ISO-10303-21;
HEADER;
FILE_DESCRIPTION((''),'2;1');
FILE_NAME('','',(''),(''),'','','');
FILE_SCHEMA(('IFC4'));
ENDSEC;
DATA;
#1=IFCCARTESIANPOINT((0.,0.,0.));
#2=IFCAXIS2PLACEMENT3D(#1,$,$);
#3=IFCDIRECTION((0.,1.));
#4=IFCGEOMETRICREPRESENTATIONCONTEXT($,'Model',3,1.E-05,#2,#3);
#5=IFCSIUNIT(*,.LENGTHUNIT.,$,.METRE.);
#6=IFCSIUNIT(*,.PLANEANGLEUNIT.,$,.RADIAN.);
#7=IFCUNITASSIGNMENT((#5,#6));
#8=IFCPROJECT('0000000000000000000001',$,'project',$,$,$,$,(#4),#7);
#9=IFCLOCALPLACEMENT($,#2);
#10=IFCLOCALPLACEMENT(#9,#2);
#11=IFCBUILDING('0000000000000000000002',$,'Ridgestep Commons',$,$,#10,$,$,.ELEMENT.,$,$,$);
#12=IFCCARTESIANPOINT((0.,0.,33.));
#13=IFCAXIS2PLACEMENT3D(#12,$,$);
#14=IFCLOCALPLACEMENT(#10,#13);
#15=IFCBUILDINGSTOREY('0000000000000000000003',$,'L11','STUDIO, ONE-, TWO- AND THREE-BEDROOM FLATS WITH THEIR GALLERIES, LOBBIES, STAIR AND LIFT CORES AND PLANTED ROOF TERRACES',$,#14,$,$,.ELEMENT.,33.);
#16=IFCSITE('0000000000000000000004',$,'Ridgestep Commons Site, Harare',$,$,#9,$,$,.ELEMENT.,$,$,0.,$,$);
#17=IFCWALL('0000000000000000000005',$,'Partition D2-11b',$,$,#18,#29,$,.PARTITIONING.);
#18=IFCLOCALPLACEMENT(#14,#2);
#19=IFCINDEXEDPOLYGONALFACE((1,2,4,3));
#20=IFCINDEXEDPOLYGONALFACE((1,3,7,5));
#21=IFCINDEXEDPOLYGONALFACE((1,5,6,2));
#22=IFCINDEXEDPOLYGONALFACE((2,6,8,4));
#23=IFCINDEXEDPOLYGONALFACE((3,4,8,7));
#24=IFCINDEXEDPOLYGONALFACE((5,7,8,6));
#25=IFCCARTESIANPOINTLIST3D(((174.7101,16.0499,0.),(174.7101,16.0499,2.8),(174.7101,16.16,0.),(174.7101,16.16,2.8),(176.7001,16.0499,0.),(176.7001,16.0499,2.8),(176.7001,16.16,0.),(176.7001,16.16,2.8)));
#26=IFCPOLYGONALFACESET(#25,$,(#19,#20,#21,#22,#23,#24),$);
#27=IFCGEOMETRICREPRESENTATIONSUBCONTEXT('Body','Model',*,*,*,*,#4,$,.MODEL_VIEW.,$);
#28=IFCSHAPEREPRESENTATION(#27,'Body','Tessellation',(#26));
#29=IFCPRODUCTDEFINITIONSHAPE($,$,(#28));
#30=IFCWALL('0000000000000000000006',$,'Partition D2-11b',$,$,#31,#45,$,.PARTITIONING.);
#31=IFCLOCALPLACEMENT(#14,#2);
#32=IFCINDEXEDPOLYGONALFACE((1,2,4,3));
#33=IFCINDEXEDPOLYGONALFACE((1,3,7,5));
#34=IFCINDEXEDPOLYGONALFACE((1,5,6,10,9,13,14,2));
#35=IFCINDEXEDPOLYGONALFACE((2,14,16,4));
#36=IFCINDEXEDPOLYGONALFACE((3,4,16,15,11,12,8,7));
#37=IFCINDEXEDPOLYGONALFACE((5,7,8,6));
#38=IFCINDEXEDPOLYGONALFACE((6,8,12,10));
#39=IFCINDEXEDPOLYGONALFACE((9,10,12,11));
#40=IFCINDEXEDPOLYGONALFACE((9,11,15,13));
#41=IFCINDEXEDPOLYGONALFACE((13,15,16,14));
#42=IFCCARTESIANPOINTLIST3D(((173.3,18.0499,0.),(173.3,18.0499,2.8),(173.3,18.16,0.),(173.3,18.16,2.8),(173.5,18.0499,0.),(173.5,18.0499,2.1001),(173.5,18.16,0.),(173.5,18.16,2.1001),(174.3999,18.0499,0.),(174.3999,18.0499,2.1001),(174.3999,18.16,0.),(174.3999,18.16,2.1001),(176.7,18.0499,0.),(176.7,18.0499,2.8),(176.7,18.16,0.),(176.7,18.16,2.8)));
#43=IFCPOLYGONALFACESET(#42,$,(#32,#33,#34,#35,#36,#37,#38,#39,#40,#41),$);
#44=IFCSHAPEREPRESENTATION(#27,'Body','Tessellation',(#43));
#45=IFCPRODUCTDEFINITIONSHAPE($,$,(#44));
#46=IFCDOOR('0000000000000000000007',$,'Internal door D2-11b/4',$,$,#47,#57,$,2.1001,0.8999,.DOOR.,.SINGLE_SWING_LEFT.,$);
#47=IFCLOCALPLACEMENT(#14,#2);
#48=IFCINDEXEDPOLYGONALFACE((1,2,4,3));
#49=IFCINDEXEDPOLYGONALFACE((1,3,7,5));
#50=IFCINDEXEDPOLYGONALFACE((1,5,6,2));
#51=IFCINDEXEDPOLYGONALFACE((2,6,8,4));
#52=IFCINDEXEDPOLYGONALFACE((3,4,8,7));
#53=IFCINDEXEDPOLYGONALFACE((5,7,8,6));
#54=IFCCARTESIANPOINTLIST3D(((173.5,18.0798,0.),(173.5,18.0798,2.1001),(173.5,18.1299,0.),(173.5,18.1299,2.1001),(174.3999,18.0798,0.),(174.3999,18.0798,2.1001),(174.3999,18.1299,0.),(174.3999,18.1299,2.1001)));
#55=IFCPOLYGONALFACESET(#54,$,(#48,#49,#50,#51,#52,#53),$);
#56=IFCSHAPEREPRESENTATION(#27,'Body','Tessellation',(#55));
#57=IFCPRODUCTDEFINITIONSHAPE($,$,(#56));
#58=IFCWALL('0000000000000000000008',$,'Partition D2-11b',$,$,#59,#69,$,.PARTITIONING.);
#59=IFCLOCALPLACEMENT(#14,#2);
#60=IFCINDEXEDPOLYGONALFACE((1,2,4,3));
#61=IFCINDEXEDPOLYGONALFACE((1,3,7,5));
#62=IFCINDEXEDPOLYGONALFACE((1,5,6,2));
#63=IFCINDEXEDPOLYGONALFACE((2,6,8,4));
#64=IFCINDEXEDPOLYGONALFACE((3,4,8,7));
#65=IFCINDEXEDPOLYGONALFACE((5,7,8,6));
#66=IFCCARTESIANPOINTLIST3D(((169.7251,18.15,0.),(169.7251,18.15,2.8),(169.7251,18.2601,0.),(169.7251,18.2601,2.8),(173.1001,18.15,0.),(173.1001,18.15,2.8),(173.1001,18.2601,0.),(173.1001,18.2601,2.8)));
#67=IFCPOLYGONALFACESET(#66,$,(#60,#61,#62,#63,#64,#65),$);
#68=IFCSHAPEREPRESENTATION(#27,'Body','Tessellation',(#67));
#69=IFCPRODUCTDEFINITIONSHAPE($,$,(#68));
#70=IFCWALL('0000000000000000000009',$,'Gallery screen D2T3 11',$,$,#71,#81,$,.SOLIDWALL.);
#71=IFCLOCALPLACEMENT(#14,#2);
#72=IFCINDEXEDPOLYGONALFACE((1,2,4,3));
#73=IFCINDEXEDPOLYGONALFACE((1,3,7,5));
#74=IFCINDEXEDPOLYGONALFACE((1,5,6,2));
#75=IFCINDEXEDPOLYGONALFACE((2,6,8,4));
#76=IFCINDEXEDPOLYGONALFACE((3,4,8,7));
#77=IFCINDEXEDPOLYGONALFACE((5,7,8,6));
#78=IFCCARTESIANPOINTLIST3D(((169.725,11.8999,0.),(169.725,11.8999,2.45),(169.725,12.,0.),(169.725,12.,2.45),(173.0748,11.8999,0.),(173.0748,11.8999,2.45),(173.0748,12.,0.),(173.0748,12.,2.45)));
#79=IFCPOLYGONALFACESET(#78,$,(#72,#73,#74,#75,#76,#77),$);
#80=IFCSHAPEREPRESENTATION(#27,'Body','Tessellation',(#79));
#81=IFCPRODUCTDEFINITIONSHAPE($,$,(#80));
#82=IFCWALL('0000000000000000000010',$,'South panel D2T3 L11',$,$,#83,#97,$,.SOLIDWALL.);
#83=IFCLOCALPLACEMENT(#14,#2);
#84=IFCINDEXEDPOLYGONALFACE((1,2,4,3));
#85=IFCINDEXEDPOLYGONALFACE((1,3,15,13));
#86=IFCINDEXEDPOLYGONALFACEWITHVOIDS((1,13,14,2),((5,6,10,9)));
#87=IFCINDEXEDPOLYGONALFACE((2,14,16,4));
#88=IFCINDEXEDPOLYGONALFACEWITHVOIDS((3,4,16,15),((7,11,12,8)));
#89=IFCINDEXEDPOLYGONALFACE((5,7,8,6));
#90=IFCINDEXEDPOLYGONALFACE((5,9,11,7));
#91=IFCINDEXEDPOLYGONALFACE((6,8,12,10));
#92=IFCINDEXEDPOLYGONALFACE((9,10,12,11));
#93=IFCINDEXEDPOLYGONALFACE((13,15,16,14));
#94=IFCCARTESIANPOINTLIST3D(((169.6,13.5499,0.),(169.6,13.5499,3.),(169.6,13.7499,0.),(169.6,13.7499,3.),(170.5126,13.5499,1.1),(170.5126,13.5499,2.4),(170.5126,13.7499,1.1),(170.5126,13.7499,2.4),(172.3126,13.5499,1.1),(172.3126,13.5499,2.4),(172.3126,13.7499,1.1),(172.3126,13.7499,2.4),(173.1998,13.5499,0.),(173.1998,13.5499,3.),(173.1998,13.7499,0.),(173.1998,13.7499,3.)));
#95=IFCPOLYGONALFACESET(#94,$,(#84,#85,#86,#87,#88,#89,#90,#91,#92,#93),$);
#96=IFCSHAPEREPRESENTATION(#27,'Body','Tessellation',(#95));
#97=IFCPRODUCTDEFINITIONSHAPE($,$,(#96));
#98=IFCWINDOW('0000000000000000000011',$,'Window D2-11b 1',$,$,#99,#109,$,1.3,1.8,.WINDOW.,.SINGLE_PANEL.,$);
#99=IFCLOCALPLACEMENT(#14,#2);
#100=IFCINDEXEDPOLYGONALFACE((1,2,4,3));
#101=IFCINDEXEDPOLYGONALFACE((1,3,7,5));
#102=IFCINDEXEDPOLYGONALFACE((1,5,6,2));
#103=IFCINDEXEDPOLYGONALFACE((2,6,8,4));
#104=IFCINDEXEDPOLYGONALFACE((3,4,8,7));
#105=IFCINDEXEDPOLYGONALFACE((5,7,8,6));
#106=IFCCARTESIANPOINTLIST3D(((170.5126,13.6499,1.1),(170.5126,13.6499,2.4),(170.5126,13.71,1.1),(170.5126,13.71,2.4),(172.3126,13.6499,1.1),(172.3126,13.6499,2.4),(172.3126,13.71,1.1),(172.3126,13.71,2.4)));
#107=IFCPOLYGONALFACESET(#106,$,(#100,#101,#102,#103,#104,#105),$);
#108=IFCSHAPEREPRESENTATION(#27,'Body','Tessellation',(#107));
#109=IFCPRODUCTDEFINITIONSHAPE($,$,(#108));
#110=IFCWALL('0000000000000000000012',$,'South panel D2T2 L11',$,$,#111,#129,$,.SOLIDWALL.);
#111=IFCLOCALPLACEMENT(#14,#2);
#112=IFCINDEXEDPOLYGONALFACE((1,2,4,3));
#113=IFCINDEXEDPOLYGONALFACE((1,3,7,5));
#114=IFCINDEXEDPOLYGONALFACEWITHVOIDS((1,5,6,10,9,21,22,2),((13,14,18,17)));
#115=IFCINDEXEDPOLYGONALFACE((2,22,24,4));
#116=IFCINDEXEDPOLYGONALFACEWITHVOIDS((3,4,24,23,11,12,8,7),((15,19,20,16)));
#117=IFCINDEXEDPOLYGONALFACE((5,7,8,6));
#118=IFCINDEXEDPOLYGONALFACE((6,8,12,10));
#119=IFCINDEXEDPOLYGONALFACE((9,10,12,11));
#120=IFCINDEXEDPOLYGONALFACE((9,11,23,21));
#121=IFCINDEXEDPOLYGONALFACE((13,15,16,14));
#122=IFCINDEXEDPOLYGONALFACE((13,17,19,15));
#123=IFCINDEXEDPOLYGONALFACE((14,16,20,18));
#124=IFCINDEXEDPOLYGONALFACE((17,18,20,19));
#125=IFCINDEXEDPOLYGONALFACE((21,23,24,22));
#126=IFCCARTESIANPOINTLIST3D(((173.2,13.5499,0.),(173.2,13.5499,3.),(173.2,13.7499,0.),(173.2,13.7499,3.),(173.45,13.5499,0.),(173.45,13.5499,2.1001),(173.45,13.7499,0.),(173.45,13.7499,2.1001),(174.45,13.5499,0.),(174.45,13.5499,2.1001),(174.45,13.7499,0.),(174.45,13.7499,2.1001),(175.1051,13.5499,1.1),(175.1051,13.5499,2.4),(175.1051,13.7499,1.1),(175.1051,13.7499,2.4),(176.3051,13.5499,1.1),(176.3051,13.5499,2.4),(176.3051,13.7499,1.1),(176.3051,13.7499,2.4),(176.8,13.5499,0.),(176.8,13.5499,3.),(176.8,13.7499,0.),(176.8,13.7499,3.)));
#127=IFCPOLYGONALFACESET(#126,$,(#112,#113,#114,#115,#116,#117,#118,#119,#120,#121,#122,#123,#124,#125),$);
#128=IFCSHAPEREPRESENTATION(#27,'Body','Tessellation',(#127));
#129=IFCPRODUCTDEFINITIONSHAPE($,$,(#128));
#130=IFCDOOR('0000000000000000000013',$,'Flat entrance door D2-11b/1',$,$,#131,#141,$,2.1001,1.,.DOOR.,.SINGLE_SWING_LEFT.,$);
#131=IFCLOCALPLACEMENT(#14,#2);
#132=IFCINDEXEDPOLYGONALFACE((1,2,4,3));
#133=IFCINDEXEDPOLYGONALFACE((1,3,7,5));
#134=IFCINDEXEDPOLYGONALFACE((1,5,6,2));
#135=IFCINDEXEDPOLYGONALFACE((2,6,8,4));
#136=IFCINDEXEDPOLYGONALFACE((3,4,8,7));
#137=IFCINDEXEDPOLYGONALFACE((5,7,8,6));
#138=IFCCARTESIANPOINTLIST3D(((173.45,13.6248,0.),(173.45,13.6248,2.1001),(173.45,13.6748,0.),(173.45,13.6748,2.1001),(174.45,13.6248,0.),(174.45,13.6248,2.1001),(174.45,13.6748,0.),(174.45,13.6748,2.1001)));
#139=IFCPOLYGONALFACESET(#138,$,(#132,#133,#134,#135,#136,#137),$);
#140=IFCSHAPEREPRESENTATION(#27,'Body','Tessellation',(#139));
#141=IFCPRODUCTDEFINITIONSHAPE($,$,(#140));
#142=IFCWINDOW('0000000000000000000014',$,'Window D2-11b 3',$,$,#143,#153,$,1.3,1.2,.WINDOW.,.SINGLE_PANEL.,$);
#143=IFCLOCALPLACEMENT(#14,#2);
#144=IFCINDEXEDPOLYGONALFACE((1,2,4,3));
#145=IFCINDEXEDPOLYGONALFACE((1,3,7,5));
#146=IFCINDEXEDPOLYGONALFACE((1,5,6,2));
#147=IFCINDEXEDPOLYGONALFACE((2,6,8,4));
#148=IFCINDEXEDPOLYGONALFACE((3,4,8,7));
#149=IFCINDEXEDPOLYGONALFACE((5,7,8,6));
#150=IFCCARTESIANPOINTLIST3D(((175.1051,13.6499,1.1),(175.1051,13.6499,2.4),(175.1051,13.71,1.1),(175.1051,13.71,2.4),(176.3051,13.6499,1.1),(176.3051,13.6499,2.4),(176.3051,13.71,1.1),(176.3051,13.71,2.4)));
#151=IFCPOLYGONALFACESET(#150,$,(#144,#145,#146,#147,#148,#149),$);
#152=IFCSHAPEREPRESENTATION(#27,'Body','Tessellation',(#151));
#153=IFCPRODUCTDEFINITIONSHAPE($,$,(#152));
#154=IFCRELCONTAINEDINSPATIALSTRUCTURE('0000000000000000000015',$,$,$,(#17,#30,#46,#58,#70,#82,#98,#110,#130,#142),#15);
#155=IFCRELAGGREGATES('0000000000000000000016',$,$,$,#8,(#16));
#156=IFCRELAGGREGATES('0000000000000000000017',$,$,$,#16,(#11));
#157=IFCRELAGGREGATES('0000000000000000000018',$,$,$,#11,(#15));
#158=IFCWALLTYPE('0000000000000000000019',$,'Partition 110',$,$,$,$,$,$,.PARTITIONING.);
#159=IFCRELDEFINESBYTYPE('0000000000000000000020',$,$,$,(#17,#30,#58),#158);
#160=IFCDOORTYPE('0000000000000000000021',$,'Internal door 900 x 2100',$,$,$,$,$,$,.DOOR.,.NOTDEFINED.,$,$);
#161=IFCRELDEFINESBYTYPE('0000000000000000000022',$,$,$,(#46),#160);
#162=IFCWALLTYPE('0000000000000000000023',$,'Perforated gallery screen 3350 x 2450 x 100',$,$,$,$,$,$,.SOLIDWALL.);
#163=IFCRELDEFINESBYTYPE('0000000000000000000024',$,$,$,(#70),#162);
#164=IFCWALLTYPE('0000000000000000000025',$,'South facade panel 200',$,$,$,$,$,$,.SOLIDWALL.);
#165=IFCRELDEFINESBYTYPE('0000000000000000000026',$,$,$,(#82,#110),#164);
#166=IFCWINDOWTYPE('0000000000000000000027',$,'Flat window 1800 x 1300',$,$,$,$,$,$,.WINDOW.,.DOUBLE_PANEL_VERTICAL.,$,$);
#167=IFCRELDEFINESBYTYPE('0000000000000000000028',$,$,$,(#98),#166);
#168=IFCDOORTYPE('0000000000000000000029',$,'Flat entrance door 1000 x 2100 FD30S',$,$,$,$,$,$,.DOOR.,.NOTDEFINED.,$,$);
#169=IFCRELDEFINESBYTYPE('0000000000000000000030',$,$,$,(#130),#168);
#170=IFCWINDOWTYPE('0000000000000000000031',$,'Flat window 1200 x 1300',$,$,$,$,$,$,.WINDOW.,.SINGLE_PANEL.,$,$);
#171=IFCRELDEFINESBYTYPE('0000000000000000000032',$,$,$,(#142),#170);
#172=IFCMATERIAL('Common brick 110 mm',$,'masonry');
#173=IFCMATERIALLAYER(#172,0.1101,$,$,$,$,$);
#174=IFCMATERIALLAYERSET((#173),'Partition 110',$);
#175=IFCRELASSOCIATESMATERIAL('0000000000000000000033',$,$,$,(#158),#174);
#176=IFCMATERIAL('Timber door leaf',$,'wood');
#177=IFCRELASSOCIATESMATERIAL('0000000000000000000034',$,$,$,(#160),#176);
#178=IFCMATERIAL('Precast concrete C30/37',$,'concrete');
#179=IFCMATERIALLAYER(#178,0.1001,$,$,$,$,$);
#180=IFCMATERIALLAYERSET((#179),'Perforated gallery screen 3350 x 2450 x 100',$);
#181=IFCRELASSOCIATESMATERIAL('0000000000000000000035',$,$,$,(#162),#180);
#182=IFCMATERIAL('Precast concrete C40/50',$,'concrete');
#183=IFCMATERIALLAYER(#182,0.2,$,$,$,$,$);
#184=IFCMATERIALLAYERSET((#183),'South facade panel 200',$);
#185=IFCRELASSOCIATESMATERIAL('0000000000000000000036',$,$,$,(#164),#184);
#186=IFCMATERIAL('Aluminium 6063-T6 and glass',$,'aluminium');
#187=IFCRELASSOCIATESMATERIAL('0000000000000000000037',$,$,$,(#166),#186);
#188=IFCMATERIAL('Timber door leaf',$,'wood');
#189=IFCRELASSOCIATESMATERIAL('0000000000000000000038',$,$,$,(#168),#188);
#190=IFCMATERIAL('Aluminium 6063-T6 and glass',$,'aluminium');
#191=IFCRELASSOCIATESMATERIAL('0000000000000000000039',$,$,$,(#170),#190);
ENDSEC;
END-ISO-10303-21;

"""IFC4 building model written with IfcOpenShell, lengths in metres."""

from ifc_helpers import new_model, si_unit, direction, frame, frame_2d, origin, place, context, subcontext, project, spatial, rectangle, extrude, material, layer, layer_set, type_object, element, fill, save


model = new_model("IFC4")

# Units and contexts
model_context = context("Model", 3, precision=1e-05, world=origin(), true_north=direction((0.0, 1.0)))
body_context = subcontext(model_context, "Body", "Model", "MODEL_VIEW")
ifc_project = project(units=[si_unit("LENGTHUNIT", "METRE"), si_unit("PLANEANGLEUNIT", "RADIAN")], contexts=[model_context])

# Site, building, storey
site_placement = place(None, origin())
site = spatial("IfcSite", under=ifc_project, at=site_placement, Name="Ridgestep Commons Site, Harare", CompositionType="ELEMENT", RefElevation=0.0)
building_placement = place(site_placement, origin())
building = spatial("IfcBuilding", under=site, at=building_placement, Name="Ridgestep Commons", CompositionType="ELEMENT")
storey_placement = place(building_placement, frame((0.0, 0.0, 33.0)))
storey = spatial("IfcBuildingStorey", under=building, at=storey_placement, Name="L11", Description="STUDIO, ONE-, TWO- AND THREE-BEDROOM FLATS WITH THEIR GALLERIES, LOBBIES, STAIR AND LIFT CORES AND PLANTED ROOF TERRACES", CompositionType="ELEMENT", Elevation=33.0)

# Shared definitions
ifc_material_1 = material(Name="Common brick 110 mm", Category="masonry")
ifc_layer_1 = layer(ifc_material_1, 0.1101)
ifc_layer_set_1 = layer_set([ifc_layer_1], Name="Partition 110")
wall_type_1 = type_object("IfcWallType", Name="Partition 110", PredefinedType="PARTITIONING", material=ifc_layer_set_1)

# Wall
wall_1_placement = place(storey_placement, frame((174.71, 16.105, 0.0), z_axis=(0.0, 0.0, 1.0), x_axis=(1.0, 0.0, 0.0)))
element("IfcWall", 1, at=wall_1_placement, inside=storey, type_object=wall_type_1, Name="Partition D2-11b", PredefinedType="PARTITIONING", context=body_context, shape_type="SweptSolid", body=[
    extrude(rectangle(XDim=1.99, YDim=0.1101, at=frame_2d((0.9951, 0.0))), origin(), (0.0, 0.0, 1.0), 2.8),
])

# Wall, opening, door
wall_2_placement = place(storey_placement, frame((173.3, 18.105, 0.0), z_axis=(0.0, 0.0, 1.0), x_axis=(1.0, 0.0, 0.0)))
wall_2 = element("IfcWall", 2, at=wall_2_placement, inside=storey, type_object=wall_type_1, Name="Partition D2-11b", PredefinedType="PARTITIONING", context=body_context, shape_type="SweptSolid", body=[
    extrude(rectangle(XDim=3.3999, YDim=0.1101, at=frame_2d((1.7, 0.0))), origin(), (0.0, 0.0, 1.0), 2.8),
])
opening_1_placement = place(wall_2_placement, frame((0.2, 0.0, 0.0)))
opening_1 = element("IfcOpeningElement", 3, at=opening_1_placement, cuts=wall_2, PredefinedType="OPENING", context=body_context, shape_type="SweptSolid", body=[
    extrude(rectangle(XDim=0.8999, YDim=2.1001, at=frame_2d((0.45, 1.05))), frame((0.0, 0.0649, 0.0), z_axis=(0.0, -1.0, 0.0), x_axis=(1.0, 0.0, 0.0)), (0.0, 0.0, 1.0), 0.1301),
])
ifc_material_2 = material(Name="Timber door leaf", Category="wood")
door_type_1 = type_object("IfcDoorType", Name="Internal door 900 x 2100", OperationType="NOTDEFINED", PredefinedType="DOOR", material=ifc_material_2)
door_1_placement = place(opening_1_placement, origin())
door_1 = element("IfcDoor", 4, at=door_1_placement, inside=storey, type_object=door_type_1, Name="Internal door D2-11b/4", OperationType="SINGLE_SWING_LEFT", OverallHeight=2.1001, OverallWidth=0.8999, PredefinedType="DOOR", context=body_context, shape_type="SweptSolid", body=[
    extrude(rectangle(XDim=0.8999, YDim=2.1001, at=frame_2d((0.45, 1.05))), frame((0.0, 0.0249, 0.0), z_axis=(0.0, -1.0, 0.0), x_axis=(1.0, 0.0, 0.0)), (0.0, 0.0, 1.0), 0.05),
])
fill(opening_1, door_1)

# Walls
wall_3_placement = place(storey_placement, frame((169.7251, 18.2051, 0.0), z_axis=(0.0, 0.0, 1.0), x_axis=(1.0, 0.0, 0.0)))
element("IfcWall", 5, at=wall_3_placement, inside=storey, type_object=wall_type_1, Name="Partition D2-11b", PredefinedType="PARTITIONING", context=body_context, shape_type="SweptSolid", body=[
    extrude(rectangle(XDim=3.375, YDim=0.1101, at=frame_2d((1.6875, 0.0))), origin(), (0.0, 0.0, 1.0), 2.8),
])
ifc_material_3 = material(Name="Precast concrete C30/37", Category="concrete")
ifc_layer_2 = layer(ifc_material_3, 0.1001)
ifc_layer_set_2 = layer_set([ifc_layer_2], Name="Perforated gallery screen 3350 x 2450 x 100")
wall_type_2 = type_object("IfcWallType", Name="Perforated gallery screen 3350 x 2450 x 100", PredefinedType="SOLIDWALL", material=ifc_layer_set_2)
wall_4_placement = place(storey_placement, frame((169.7251, 11.95, 0.0), z_axis=(0.0, 0.0, 1.0), x_axis=(1.0, 0.0, 0.0)))
element("IfcWall", 6, at=wall_4_placement, inside=storey, type_object=wall_type_2, Name="Gallery screen D2T3 11", PredefinedType="SOLIDWALL", context=body_context, shape_type="SweptSolid", body=[
    extrude(rectangle(XDim=3.3499, YDim=0.1001, at=frame_2d((1.6748, 0.0))), origin(), (0.0, 0.0, 1.0), 2.45),
])

# Wall, opening, window
ifc_material_4 = material(Name="Precast concrete C40/50", Category="concrete")
ifc_layer_3 = layer(ifc_material_4, 0.2)
ifc_layer_set_3 = layer_set([ifc_layer_3], Name="South facade panel 200")
wall_type_3 = type_object("IfcWallType", Name="South facade panel 200", PredefinedType="SOLIDWALL", material=ifc_layer_set_3)
wall_5_placement = place(storey_placement, frame((169.6001, 13.6499, 0.0), z_axis=(0.0, 0.0, 1.0), x_axis=(1.0, 0.0, 0.0)))
wall_5 = element("IfcWall", 7, at=wall_5_placement, inside=storey, type_object=wall_type_3, Name="South panel D2T3 L11", PredefinedType="SOLIDWALL", context=body_context, shape_type="SweptSolid", body=[
    extrude(rectangle(XDim=3.5999, YDim=0.2, at=frame_2d((1.7998, 0.0))), origin(), (0.0, 0.0, 1.0), 3.0),
])
opening_2_placement = place(wall_5_placement, frame((0.9126, 0.0, 1.1001)))
opening_2 = element("IfcOpeningElement", 8, at=opening_2_placement, cuts=wall_5, PredefinedType="OPENING", context=body_context, shape_type="SweptSolid", body=[
    extrude(rectangle(XDim=1.8, YDim=1.3, at=frame_2d((0.8999, 0.6499))), frame((0.0, 0.1099, 0.0), z_axis=(0.0, -1.0, 0.0), x_axis=(1.0, 0.0, 0.0)), (0.0, 0.0, 1.0), 0.22),
])
ifc_material_5 = material(Name="Aluminium 6063-T6 and glass", Category="aluminium")
window_type_1 = type_object("IfcWindowType", Name="Flat window 1800 x 1300", PartitioningType="DOUBLE_PANEL_VERTICAL", PredefinedType="WINDOW", material=ifc_material_5)
window_1_placement = place(opening_2_placement, origin())
window_1 = element("IfcWindow", 9, at=window_1_placement, inside=storey, type_object=window_type_1, Name="Window D2-11b 1", OverallHeight=1.3, OverallWidth=1.8, PartitioningType="SINGLE_PANEL", PredefinedType="WINDOW", context=body_context, shape_type="SweptSolid", body=[
    extrude(rectangle(XDim=1.8, YDim=1.3, at=frame_2d((0.8999, 0.6499))), frame((0.0, 0.0601, 0.0), z_axis=(0.0, -1.0, 0.0), x_axis=(1.0, 0.0, 0.0)), (0.0, 0.0, 1.0), 0.0601),
])
fill(opening_2, window_1)

# Wall, openings, door, window
wall_6_placement = place(storey_placement, frame((173.2, 13.6499, 0.0), z_axis=(0.0, 0.0, 1.0), x_axis=(1.0, 0.0, 0.0)))
wall_6 = element("IfcWall", 10, at=wall_6_placement, inside=storey, type_object=wall_type_3, Name="South panel D2T2 L11", PredefinedType="SOLIDWALL", context=body_context, shape_type="SweptSolid", body=[
    extrude(rectangle(XDim=3.6001, YDim=0.2, at=frame_2d((1.8, 0.0))), origin(), (0.0, 0.0, 1.0), 3.0),
])
opening_3_placement = place(wall_6_placement, frame((1.905, 0.0, 1.1001)))
opening_3 = element("IfcOpeningElement", 11, at=opening_3_placement, cuts=wall_6, PredefinedType="OPENING", context=body_context, shape_type="SweptSolid", body=[
    extrude(rectangle(XDim=1.2, YDim=1.3, at=frame_2d((0.6001, 0.6499))), frame((0.0, 0.1099, 0.0), z_axis=(0.0, -1.0, 0.0), x_axis=(1.0, 0.0, 0.0)), (0.0, 0.0, 1.0), 0.22),
])
opening_4_placement = place(wall_6_placement, frame((0.25, 0.0, 0.0)))
opening_4 = element("IfcOpeningElement", 12, at=opening_4_placement, cuts=wall_6, PredefinedType="OPENING", context=body_context, shape_type="SweptSolid", body=[
    extrude(rectangle(XDim=1.0, YDim=2.1001, at=frame_2d((0.5, 1.05))), frame((0.0, 0.1099, 0.0), z_axis=(0.0, -1.0, 0.0), x_axis=(1.0, 0.0, 0.0)), (0.0, 0.0, 1.0), 0.22),
])
ifc_material_6 = material(Name="Timber door leaf", Category="wood")
door_type_2 = type_object("IfcDoorType", Name="Flat entrance door 1000 x 2100 FD30S", OperationType="NOTDEFINED", PredefinedType="DOOR", material=ifc_material_6)
door_2_placement = place(opening_4_placement, origin())
door_2 = element("IfcDoor", 13, at=door_2_placement, inside=storey, type_object=door_type_2, Name="Flat entrance door D2-11b/1", OperationType="SINGLE_SWING_LEFT", OverallHeight=2.1001, OverallWidth=1.0, PredefinedType="DOOR", context=body_context, shape_type="SweptSolid", body=[
    extrude(rectangle(XDim=1.0, YDim=2.1001, at=frame_2d((0.5, 1.05))), frame((0.0, 0.0249, 0.0), z_axis=(0.0, -1.0, 0.0), x_axis=(1.0, 0.0, 0.0)), (0.0, 0.0, 1.0), 0.05),
])
fill(opening_4, door_2)
ifc_material_7 = material(Name="Aluminium 6063-T6 and glass", Category="aluminium")
window_type_2 = type_object("IfcWindowType", Name="Flat window 1200 x 1300", PartitioningType="SINGLE_PANEL", PredefinedType="WINDOW", material=ifc_material_7)
window_2_placement = place(opening_3_placement, origin())
window_2 = element("IfcWindow", 14, at=window_2_placement, inside=storey, type_object=window_type_2, Name="Window D2-11b 3", OverallHeight=1.3, OverallWidth=1.2, PartitioningType="SINGLE_PANEL", PredefinedType="WINDOW", context=body_context, shape_type="SweptSolid", body=[
    extrude(rectangle(XDim=1.2, YDim=1.3, at=frame_2d((0.6001, 0.6499))), frame((0.0, 0.0601, 0.0), z_axis=(0.0, -1.0, 0.0), x_axis=(1.0, 0.0, 0.0)), (0.0, 0.0, 1.0), 0.0601),
])
fill(opening_3, window_2)

save(model, "model.ifc")
